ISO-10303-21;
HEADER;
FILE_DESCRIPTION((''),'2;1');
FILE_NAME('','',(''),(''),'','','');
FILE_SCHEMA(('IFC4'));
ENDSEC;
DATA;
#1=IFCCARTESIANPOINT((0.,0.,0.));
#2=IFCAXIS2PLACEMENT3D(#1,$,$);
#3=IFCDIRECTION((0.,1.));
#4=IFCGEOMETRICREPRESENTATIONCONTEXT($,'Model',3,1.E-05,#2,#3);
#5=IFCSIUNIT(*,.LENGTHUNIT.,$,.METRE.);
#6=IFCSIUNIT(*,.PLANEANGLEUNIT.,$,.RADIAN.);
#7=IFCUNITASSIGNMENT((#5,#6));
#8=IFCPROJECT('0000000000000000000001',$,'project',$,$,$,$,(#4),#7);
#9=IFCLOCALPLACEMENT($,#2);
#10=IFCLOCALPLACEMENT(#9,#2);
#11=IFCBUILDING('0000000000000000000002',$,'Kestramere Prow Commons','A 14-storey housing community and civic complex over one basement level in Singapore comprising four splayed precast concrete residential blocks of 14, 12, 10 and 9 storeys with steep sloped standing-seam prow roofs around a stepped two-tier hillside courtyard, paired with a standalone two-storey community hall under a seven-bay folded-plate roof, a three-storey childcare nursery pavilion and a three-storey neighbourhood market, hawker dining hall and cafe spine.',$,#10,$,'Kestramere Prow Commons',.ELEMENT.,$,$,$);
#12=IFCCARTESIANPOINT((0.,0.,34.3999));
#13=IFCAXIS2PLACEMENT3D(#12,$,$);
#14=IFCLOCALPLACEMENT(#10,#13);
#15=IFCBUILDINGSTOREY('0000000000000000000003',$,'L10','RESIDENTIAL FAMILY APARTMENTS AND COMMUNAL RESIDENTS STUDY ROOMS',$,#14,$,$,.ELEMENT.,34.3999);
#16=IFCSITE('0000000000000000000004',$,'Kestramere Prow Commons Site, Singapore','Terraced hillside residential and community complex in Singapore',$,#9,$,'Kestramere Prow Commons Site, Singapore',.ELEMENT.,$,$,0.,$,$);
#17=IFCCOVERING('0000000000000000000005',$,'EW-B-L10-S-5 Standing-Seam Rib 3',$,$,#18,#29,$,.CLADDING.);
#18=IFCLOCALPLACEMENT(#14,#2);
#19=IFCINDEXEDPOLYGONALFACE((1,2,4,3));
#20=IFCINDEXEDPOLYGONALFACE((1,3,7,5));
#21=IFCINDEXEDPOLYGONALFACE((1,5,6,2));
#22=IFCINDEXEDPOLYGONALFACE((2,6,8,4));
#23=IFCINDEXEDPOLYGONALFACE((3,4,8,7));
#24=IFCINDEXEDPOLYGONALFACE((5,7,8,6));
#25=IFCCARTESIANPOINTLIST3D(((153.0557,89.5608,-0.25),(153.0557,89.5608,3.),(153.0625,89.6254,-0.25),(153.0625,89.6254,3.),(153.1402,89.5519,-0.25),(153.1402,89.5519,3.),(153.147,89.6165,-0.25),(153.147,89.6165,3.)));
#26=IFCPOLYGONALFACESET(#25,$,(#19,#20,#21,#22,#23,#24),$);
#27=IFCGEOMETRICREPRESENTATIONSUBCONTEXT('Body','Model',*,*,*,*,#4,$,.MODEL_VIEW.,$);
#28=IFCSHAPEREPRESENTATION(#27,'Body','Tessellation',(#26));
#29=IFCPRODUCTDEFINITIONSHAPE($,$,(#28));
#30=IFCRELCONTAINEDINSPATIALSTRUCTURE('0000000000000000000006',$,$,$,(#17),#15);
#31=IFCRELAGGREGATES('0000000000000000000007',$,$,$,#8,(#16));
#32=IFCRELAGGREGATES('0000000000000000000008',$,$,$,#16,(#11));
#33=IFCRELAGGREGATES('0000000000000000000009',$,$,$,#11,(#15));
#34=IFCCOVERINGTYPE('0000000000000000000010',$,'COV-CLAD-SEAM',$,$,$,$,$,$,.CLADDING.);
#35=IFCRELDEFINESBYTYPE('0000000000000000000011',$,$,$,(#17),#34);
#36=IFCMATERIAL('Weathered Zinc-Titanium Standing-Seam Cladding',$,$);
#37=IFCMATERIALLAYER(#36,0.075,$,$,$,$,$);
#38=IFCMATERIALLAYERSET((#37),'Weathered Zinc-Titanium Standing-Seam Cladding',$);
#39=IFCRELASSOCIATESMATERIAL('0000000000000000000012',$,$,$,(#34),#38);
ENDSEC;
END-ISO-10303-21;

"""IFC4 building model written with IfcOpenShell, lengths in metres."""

from ifc_helpers import new_model, si_unit, direction, frame, origin, origin_2d, place, context, subcontext, project, spatial, rectangle, extrude, material, layer, layer_set, type_object, element, save


model = new_model("IFC4")

# Units and contexts
model_context = context("Model", 3, precision=1e-05, world=origin(), true_north=direction((0.0, 1.0)))
body_context = subcontext(model_context, "Body", "Model", "MODEL_VIEW")
ifc_project = project(units=[si_unit("LENGTHUNIT", "METRE"), si_unit("PLANEANGLEUNIT", "RADIAN")], contexts=[model_context])

# Site, building, storey
site_placement = place(None, origin())
site = spatial("IfcSite", under=ifc_project, at=site_placement, Name="Kestramere Prow Commons Site, Singapore", Description="Terraced hillside residential and community complex in Singapore", LongName="Kestramere Prow Commons Site, Singapore", CompositionType="ELEMENT", RefElevation=0.0)
building_placement = place(site_placement, origin())
building = spatial("IfcBuilding", under=site, at=building_placement, Name="Kestramere Prow Commons", Description="A 14-storey housing community and civic complex over one basement level in Singapore comprising four splayed precast concrete residential blocks of 14, 12, 10 and 9 storeys with steep sloped standing-seam prow roofs around a stepped two-tier hillside courtyard, paired with a standalone two-storey community hall under a seven-bay folded-plate roof, a three-storey childcare nursery pavilion and a three-storey neighbourhood market, hawker dining hall and cafe spine.", LongName="Kestramere Prow Commons", CompositionType="ELEMENT")
storey_placement = place(building_placement, frame((0.0, 0.0, 34.3999)))
storey = spatial("IfcBuildingStorey", under=building, at=storey_placement, Name="L10", Description="RESIDENTIAL FAMILY APARTMENTS AND COMMUNAL RESIDENTS STUDY ROOMS", CompositionType="ELEMENT", Elevation=34.3999)

# Covering
ifc_material_1 = material(Name="Weathered Zinc-Titanium Standing-Seam Cladding")
ifc_layer_1 = layer(ifc_material_1, 0.075)
ifc_layer_set_1 = layer_set([ifc_layer_1], Name="Weathered Zinc-Titanium Standing-Seam Cladding")
covering_type = type_object("IfcCoveringType", Name="COV-CLAD-SEAM", PredefinedType="CLADDING", material=ifc_layer_set_1)
covering_placement = place(storey_placement, frame((153.1013, 89.5886, -0.25), z_axis=(0.0, 0.0, 1.0), x_axis=(-0.994522, 0.104528, 0.0)))
element("IfcCovering", 1, at=covering_placement, inside=storey, type_object=covering_type, Name="EW-B-L10-S-5 Standing-Seam Rib 3", PredefinedType="CLADDING", context=body_context, shape_type="SweptSolid", body=[
    extrude(rectangle(XDim=0.085, YDim=0.0649, at=origin_2d()), origin(), (0.0, 0.0, 1.0), 3.25),
])

save(model, "model.ifc")
